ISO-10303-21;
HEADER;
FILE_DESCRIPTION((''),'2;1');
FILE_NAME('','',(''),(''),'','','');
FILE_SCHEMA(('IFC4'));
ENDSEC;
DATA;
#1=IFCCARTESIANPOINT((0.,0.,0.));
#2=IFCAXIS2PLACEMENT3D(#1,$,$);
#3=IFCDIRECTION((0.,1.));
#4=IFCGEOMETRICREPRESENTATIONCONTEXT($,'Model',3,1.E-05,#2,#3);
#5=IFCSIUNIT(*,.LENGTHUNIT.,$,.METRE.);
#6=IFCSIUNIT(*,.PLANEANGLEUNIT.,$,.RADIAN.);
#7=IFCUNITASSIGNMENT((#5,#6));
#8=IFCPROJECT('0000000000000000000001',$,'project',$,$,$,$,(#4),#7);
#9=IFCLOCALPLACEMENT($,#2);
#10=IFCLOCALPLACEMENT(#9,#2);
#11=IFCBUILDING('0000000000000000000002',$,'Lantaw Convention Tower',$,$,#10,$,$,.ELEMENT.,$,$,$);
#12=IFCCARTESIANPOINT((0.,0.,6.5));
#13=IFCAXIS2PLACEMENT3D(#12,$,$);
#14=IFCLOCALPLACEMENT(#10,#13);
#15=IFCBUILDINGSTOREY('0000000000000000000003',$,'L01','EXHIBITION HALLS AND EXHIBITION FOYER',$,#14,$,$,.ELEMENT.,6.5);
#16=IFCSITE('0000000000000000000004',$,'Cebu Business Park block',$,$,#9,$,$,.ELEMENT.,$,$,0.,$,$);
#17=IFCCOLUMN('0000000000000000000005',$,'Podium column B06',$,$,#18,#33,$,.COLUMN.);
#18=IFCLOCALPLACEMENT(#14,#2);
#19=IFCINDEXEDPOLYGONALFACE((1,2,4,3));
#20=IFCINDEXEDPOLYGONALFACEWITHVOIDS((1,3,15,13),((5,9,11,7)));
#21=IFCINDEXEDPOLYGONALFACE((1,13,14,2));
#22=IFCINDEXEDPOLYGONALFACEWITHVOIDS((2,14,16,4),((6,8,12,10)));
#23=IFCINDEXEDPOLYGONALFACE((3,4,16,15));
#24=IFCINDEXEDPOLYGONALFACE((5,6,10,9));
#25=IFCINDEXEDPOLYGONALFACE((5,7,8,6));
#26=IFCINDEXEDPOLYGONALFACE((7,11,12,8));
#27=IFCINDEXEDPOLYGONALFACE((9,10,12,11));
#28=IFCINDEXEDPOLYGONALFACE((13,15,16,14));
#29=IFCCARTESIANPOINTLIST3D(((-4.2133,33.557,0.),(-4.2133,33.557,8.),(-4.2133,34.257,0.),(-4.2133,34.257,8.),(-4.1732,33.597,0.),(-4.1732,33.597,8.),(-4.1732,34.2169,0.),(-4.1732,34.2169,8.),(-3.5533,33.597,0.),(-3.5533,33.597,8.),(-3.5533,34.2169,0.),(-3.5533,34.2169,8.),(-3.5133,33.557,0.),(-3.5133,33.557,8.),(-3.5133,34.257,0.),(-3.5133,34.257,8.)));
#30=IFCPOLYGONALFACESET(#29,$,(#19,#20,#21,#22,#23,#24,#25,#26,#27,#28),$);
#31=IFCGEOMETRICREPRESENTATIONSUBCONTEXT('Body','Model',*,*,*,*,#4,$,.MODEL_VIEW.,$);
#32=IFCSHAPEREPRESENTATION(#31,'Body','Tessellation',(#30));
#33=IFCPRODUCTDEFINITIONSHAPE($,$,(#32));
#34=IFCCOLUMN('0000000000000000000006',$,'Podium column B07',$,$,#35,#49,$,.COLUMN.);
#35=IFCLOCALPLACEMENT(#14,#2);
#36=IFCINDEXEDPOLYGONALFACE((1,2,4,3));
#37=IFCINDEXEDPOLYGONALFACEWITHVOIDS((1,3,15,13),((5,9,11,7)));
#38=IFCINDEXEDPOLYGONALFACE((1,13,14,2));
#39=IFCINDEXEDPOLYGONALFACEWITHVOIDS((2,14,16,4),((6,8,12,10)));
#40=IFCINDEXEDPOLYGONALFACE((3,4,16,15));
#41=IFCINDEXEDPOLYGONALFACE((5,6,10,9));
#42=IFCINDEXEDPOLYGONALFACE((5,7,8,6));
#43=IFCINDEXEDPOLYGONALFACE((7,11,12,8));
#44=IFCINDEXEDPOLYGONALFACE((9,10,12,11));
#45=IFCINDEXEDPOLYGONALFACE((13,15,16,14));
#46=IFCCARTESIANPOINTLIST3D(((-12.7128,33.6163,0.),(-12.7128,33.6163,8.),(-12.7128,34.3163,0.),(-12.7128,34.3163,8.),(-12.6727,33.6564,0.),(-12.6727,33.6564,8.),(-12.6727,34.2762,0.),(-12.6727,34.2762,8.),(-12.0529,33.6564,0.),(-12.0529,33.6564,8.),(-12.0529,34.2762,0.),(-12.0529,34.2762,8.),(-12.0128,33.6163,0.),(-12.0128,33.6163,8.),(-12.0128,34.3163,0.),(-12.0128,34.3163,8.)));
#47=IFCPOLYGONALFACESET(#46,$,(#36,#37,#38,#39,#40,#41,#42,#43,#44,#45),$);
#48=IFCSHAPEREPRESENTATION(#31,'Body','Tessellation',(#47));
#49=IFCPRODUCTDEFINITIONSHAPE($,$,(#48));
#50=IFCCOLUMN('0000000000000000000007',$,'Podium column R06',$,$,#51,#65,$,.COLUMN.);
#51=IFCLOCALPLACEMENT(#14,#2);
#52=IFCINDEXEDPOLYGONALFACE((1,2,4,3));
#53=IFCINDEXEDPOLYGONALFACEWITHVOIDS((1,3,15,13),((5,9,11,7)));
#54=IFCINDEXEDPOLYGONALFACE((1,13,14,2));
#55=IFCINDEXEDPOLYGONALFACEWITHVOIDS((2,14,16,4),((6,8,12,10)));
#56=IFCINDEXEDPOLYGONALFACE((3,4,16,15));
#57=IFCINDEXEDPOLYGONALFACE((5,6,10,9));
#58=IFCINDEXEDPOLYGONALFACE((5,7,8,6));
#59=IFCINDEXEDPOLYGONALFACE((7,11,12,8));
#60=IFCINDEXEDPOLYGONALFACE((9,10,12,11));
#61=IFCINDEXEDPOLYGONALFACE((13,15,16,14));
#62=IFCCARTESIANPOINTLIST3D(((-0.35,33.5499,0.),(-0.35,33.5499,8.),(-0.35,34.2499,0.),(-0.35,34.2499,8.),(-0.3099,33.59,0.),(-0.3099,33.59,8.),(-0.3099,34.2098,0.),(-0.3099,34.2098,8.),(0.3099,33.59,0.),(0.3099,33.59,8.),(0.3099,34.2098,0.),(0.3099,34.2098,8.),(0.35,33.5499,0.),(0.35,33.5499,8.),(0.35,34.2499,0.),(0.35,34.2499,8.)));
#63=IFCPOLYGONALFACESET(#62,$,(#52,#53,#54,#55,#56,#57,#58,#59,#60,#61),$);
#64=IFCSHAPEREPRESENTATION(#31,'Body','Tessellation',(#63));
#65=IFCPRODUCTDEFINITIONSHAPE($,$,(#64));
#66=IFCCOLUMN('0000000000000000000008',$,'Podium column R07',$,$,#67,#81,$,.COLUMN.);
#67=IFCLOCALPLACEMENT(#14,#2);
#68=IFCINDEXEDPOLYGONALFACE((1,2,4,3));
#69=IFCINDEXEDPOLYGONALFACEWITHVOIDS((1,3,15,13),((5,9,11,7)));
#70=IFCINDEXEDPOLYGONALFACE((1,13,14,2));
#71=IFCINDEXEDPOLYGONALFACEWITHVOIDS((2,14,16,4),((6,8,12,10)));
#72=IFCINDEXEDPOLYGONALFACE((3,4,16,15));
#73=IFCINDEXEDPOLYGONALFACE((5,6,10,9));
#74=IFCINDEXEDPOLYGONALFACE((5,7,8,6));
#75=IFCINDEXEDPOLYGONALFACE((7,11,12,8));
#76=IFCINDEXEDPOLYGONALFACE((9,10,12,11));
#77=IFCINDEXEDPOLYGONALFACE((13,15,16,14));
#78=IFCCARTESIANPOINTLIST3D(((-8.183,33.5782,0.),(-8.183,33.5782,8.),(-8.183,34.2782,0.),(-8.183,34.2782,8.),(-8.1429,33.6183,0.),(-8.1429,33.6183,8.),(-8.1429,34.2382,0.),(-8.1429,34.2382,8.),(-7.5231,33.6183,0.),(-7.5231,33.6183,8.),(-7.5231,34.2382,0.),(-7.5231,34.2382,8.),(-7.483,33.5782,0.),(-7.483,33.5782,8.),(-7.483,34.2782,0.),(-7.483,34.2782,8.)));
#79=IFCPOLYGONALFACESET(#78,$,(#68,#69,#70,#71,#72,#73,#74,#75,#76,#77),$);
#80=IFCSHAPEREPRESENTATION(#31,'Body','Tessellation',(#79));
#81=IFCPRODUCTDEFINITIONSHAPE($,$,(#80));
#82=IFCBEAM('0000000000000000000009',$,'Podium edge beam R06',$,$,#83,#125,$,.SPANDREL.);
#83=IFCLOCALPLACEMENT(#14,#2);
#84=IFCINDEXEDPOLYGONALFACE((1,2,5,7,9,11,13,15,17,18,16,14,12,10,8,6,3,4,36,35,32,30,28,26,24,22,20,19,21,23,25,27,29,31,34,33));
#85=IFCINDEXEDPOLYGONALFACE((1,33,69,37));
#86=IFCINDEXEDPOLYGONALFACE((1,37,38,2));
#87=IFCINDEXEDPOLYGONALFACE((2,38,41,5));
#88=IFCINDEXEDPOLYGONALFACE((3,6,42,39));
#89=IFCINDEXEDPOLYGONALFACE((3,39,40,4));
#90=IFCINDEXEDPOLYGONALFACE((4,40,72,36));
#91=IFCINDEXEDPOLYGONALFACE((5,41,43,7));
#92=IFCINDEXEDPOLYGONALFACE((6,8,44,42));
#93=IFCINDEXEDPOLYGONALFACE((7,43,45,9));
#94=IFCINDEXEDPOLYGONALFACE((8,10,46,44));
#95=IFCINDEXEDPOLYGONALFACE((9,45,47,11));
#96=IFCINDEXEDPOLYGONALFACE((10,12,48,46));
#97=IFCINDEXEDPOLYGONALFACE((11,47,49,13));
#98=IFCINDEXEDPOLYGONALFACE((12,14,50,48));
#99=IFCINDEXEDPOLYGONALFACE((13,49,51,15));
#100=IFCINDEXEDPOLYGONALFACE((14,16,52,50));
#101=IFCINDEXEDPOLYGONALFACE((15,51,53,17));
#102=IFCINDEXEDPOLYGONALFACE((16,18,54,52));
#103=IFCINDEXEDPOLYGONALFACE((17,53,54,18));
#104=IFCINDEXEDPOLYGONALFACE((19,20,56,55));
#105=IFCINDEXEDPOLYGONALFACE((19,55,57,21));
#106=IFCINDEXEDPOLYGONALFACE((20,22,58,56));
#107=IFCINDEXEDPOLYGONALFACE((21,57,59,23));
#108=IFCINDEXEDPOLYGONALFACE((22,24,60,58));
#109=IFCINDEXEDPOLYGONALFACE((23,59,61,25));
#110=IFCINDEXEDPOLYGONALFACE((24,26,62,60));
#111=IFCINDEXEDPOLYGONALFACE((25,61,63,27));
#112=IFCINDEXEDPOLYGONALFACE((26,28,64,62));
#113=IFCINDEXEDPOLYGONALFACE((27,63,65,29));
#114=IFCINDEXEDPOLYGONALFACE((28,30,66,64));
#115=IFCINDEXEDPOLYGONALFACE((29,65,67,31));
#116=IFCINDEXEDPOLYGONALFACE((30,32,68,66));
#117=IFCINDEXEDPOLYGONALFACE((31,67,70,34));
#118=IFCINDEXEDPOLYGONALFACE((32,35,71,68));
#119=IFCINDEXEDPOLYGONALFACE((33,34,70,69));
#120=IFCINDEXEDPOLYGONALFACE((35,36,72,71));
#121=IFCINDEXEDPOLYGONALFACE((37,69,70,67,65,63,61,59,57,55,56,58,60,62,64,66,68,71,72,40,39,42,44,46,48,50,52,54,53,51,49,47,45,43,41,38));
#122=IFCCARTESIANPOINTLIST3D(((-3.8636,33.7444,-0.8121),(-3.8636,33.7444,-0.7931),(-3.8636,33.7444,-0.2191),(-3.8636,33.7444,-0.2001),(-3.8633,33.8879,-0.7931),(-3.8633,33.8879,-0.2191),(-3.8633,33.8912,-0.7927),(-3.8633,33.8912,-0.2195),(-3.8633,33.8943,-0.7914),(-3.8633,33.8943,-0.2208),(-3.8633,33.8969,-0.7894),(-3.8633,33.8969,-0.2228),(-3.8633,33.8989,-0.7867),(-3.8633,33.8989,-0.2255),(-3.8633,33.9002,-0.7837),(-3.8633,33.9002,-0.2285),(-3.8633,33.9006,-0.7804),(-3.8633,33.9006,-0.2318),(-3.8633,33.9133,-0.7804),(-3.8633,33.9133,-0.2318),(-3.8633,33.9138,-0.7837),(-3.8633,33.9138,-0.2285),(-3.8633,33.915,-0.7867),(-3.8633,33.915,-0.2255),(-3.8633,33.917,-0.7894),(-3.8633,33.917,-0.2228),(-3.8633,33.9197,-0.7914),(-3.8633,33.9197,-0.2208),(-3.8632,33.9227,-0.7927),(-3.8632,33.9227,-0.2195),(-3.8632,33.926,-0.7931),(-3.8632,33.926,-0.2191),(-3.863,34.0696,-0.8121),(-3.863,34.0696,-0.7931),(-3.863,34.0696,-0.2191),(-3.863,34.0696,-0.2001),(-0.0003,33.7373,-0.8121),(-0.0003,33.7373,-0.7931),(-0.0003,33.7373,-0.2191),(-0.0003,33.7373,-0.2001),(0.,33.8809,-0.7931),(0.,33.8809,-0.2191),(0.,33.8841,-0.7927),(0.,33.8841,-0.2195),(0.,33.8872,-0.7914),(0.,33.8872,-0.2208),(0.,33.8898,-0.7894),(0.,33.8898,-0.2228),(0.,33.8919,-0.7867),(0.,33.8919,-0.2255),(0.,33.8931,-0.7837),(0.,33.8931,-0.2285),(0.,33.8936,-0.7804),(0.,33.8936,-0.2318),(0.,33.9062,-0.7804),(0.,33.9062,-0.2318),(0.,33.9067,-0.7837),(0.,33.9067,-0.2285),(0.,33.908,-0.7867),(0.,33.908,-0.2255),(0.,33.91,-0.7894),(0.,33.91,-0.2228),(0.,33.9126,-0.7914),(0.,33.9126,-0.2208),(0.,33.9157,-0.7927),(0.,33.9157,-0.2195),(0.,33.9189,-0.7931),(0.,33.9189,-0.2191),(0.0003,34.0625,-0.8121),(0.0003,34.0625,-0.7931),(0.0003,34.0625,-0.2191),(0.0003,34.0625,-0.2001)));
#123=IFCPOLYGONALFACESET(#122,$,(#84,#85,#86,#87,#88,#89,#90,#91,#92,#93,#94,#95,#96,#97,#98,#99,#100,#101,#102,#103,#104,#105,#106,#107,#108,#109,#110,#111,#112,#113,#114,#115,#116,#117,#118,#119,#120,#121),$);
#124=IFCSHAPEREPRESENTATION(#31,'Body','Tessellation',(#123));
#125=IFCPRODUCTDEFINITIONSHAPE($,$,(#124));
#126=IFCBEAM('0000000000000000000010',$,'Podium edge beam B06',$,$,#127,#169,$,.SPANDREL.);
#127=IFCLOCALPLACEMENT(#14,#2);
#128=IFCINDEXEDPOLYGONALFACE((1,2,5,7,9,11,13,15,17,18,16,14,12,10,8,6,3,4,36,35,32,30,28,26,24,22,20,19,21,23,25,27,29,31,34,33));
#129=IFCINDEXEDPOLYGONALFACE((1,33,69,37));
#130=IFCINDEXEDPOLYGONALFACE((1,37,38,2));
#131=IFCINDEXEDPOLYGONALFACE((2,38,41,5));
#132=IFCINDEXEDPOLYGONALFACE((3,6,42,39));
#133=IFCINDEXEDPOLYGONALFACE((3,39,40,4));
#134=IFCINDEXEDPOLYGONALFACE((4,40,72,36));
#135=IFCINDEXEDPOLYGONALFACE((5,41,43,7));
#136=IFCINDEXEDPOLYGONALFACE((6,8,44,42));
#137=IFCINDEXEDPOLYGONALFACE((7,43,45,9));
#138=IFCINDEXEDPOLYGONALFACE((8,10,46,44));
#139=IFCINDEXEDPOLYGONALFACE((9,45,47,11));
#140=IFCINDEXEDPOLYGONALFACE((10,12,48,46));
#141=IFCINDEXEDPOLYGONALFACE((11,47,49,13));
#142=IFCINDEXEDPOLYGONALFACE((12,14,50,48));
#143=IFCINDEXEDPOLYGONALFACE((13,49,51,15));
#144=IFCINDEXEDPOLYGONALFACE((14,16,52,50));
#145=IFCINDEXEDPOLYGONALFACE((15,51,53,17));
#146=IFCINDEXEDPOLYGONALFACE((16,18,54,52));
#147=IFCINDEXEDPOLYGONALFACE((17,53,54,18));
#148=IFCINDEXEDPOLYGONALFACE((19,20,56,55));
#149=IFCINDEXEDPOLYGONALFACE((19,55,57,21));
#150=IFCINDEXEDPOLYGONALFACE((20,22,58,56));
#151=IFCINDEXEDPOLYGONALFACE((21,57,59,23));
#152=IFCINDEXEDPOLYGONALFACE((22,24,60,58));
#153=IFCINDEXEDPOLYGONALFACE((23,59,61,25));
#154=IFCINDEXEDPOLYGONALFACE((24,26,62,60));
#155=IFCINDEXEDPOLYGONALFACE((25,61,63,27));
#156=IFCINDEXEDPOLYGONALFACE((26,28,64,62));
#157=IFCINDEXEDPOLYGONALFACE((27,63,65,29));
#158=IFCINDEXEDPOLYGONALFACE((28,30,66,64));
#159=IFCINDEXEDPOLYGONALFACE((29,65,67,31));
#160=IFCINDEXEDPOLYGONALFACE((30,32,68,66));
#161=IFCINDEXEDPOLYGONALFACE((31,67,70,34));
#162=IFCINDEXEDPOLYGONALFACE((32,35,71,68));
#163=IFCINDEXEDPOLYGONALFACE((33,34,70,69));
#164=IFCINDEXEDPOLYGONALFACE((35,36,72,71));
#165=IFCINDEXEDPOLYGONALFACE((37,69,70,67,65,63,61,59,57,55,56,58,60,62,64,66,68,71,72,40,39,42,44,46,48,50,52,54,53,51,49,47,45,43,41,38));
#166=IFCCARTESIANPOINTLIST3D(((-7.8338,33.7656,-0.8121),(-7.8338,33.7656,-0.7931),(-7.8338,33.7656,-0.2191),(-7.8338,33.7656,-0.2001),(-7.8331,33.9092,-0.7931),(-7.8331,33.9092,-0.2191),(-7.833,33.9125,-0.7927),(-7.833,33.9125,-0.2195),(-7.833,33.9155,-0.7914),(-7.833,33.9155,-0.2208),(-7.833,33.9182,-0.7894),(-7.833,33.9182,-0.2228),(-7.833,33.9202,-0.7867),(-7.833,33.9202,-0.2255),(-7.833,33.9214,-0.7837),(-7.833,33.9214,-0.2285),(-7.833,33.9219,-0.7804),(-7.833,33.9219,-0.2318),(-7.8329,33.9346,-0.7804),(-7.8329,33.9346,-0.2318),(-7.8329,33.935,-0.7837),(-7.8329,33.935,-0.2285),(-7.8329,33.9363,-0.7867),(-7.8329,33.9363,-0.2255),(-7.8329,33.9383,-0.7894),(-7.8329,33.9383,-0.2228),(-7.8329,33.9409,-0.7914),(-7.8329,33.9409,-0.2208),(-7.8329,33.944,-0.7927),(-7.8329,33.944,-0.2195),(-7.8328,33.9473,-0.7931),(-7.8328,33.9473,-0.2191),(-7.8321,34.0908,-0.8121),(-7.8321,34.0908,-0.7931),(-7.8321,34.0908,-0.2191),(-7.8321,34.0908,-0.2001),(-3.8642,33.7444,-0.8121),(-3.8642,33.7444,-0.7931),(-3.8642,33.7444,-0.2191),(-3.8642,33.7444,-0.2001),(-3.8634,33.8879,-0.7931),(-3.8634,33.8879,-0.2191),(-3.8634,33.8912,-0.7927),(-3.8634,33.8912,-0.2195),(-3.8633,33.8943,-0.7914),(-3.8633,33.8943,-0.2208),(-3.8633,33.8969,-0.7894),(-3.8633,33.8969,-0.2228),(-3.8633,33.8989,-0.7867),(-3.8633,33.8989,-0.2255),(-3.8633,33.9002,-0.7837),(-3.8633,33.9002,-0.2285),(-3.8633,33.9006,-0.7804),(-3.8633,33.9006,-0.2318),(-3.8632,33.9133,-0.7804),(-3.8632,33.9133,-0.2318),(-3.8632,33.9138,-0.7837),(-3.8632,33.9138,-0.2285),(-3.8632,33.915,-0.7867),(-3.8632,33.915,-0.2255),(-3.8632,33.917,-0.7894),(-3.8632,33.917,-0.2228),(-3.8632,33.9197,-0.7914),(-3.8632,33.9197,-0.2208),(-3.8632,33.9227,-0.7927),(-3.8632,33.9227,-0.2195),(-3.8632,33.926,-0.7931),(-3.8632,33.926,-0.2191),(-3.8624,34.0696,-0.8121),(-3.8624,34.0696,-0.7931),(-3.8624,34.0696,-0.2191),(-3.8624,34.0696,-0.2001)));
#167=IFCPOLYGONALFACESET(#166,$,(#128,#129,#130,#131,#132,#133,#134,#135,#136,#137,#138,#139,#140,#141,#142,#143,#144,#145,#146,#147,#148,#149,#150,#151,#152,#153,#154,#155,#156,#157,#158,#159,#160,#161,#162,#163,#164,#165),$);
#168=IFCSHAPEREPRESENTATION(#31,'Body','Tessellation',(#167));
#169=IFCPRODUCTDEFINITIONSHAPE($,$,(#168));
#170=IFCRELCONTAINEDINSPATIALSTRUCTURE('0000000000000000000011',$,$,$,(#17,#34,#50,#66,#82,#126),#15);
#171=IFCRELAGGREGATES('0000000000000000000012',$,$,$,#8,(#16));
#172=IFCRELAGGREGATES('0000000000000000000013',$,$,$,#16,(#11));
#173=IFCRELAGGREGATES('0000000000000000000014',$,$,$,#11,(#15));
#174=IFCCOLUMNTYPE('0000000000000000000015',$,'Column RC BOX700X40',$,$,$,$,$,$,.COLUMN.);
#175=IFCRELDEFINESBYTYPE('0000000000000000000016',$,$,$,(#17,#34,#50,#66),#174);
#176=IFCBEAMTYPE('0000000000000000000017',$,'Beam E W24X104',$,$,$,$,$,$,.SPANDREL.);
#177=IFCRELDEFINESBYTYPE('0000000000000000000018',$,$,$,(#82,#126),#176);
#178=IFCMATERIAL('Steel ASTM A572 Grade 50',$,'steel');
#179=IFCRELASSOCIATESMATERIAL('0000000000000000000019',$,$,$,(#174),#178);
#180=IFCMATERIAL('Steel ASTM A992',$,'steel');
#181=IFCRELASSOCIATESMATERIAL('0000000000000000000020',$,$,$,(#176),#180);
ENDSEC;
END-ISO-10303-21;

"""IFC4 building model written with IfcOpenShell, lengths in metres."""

from ifc_helpers import new_model, si_unit, direction, frame, origin, origin_2d, place, context, subcontext, project, spatial, hollow_rectangle, i_section, extrude, material, material_profile, profile_set, type_object, element, save


model = new_model("IFC4")

# Units and contexts
model_context = context("Model", 3, precision=1e-05, world=origin(), true_north=direction((0.0, 1.0)))
body_context = subcontext(model_context, "Body", "Model", "MODEL_VIEW")
ifc_project = project(units=[si_unit("LENGTHUNIT", "METRE"), si_unit("PLANEANGLEUNIT", "RADIAN")], contexts=[model_context])

# Site, building, storey
site_placement = place(None, origin())
site = spatial("IfcSite", under=ifc_project, at=site_placement, Name="Cebu Business Park block", CompositionType="ELEMENT", RefElevation=0.0)
building_placement = place(site_placement, origin())
building = spatial("IfcBuilding", under=site, at=building_placement, Name="Lantaw Convention Tower", CompositionType="ELEMENT")
storey_placement = place(building_placement, frame((0.0, 0.0, 6.5)))
storey = spatial("IfcBuildingStorey", under=building, at=storey_placement, Name="L01", Description="EXHIBITION HALLS AND EXHIBITION FOYER", CompositionType="ELEMENT", Elevation=6.5)

# Columns
ifc_material_1 = material(Name="Steel ASTM A572 Grade 50", Category="steel")
ifc_material_profile_1 = material_profile(ifc_material_1, hollow_rectangle(XDim=0.7, YDim=0.7, WallThickness=0.04, at=origin_2d()), Name="BOX700X40")
ifc_profile_set_1 = profile_set([ifc_material_profile_1], Name="Steel ASTM A572 Grade 50")
column_type = type_object("IfcColumnType", Name="Column RC BOX700X40", PredefinedType="COLUMN", material=ifc_profile_set_1)
for number, where, z_axis, x_axis, name in (
    (1, (-3.8633, 33.907, 0.0), (0.0, 0.0, 1.0), (1.0, 0.0, 0.0), "Podium column B06"),
    (2, (-12.3628, 33.9663, 0.0), (0.0, 0.0, 1.0), (1.0, 0.0, 0.0), "Podium column B07"),
    (3, (0.0, 33.8999, 0.0), (0.0, 0.0, 1.0), (1.0, 0.0, 0.0), "Podium column R06"),
    (4, (-7.833, 33.9282, 0.0), (0.0, 0.0, 1.0), (1.0, 0.0, 0.0), "Podium column R07"),
):
    element("IfcColumn", number, at=place(storey_placement, frame(where, z_axis=z_axis, x_axis=x_axis)), inside=storey, type_object=column_type, Name=name, PredefinedType="COLUMN", context=body_context, shape_type="SweptSolid", body=[
        extrude(hollow_rectangle(XDim=0.7, YDim=0.7, WallThickness=0.04, at=origin_2d()), origin(), (0.0, 0.0, 1.0), 8.0),
    ])

# Beams
ifc_material_2 = material(Name="Steel ASTM A992", Category="steel")
ifc_material_profile_2 = material_profile(ifc_material_2, i_section(OverallWidth=0.3252, OverallDepth=0.6121, WebThickness=0.0127, FlangeThickness=0.019, FilletRadius=0.0127, at=origin_2d()), Name="W24X104")
ifc_profile_set_2 = profile_set([ifc_material_profile_2], Name="Steel ASTM A992")
beam_type_1 = type_object("IfcBeamType", Name="Beam E W24X104", PredefinedType="SPANDREL", material=ifc_profile_set_2)
beam_1_placement = place(storey_placement, frame((0.0, 33.8999, -0.5061), z_axis=(-0.999998, 0.001833, 0.0), x_axis=(-0.001833, -0.999998, 0.0)))
element("IfcBeam", 5, at=beam_1_placement, inside=storey, type_object=beam_type_1, Name="Podium edge beam R06", PredefinedType="SPANDREL", context=body_context, shape_type="SweptSolid", body=[
    extrude(i_section(OverallWidth=0.3252, OverallDepth=0.6121, WebThickness=0.0127, FlangeThickness=0.019, FilletRadius=0.0127, at=origin_2d()), origin(), (0.0, 0.0, 1.0), 3.8633),
])
beam_2_placement = place(storey_placement, frame((-3.8633, 33.907, -0.5061), z_axis=(-0.999986, 0.00535, 0.0), x_axis=(-0.00535, -0.999986, 0.0)))
element("IfcBeam", 6, at=beam_2_placement, inside=storey, type_object=beam_type_1, Name="Podium edge beam B06", PredefinedType="SPANDREL", context=body_context, shape_type="SweptSolid", body=[
    extrude(i_section(OverallWidth=0.3252, OverallDepth=0.6121, WebThickness=0.0127, FlangeThickness=0.019, FilletRadius=0.0127, at=origin_2d()), origin(), (0.0, 0.0, 1.0), 3.9697),
])

save(model, "model.ifc")
